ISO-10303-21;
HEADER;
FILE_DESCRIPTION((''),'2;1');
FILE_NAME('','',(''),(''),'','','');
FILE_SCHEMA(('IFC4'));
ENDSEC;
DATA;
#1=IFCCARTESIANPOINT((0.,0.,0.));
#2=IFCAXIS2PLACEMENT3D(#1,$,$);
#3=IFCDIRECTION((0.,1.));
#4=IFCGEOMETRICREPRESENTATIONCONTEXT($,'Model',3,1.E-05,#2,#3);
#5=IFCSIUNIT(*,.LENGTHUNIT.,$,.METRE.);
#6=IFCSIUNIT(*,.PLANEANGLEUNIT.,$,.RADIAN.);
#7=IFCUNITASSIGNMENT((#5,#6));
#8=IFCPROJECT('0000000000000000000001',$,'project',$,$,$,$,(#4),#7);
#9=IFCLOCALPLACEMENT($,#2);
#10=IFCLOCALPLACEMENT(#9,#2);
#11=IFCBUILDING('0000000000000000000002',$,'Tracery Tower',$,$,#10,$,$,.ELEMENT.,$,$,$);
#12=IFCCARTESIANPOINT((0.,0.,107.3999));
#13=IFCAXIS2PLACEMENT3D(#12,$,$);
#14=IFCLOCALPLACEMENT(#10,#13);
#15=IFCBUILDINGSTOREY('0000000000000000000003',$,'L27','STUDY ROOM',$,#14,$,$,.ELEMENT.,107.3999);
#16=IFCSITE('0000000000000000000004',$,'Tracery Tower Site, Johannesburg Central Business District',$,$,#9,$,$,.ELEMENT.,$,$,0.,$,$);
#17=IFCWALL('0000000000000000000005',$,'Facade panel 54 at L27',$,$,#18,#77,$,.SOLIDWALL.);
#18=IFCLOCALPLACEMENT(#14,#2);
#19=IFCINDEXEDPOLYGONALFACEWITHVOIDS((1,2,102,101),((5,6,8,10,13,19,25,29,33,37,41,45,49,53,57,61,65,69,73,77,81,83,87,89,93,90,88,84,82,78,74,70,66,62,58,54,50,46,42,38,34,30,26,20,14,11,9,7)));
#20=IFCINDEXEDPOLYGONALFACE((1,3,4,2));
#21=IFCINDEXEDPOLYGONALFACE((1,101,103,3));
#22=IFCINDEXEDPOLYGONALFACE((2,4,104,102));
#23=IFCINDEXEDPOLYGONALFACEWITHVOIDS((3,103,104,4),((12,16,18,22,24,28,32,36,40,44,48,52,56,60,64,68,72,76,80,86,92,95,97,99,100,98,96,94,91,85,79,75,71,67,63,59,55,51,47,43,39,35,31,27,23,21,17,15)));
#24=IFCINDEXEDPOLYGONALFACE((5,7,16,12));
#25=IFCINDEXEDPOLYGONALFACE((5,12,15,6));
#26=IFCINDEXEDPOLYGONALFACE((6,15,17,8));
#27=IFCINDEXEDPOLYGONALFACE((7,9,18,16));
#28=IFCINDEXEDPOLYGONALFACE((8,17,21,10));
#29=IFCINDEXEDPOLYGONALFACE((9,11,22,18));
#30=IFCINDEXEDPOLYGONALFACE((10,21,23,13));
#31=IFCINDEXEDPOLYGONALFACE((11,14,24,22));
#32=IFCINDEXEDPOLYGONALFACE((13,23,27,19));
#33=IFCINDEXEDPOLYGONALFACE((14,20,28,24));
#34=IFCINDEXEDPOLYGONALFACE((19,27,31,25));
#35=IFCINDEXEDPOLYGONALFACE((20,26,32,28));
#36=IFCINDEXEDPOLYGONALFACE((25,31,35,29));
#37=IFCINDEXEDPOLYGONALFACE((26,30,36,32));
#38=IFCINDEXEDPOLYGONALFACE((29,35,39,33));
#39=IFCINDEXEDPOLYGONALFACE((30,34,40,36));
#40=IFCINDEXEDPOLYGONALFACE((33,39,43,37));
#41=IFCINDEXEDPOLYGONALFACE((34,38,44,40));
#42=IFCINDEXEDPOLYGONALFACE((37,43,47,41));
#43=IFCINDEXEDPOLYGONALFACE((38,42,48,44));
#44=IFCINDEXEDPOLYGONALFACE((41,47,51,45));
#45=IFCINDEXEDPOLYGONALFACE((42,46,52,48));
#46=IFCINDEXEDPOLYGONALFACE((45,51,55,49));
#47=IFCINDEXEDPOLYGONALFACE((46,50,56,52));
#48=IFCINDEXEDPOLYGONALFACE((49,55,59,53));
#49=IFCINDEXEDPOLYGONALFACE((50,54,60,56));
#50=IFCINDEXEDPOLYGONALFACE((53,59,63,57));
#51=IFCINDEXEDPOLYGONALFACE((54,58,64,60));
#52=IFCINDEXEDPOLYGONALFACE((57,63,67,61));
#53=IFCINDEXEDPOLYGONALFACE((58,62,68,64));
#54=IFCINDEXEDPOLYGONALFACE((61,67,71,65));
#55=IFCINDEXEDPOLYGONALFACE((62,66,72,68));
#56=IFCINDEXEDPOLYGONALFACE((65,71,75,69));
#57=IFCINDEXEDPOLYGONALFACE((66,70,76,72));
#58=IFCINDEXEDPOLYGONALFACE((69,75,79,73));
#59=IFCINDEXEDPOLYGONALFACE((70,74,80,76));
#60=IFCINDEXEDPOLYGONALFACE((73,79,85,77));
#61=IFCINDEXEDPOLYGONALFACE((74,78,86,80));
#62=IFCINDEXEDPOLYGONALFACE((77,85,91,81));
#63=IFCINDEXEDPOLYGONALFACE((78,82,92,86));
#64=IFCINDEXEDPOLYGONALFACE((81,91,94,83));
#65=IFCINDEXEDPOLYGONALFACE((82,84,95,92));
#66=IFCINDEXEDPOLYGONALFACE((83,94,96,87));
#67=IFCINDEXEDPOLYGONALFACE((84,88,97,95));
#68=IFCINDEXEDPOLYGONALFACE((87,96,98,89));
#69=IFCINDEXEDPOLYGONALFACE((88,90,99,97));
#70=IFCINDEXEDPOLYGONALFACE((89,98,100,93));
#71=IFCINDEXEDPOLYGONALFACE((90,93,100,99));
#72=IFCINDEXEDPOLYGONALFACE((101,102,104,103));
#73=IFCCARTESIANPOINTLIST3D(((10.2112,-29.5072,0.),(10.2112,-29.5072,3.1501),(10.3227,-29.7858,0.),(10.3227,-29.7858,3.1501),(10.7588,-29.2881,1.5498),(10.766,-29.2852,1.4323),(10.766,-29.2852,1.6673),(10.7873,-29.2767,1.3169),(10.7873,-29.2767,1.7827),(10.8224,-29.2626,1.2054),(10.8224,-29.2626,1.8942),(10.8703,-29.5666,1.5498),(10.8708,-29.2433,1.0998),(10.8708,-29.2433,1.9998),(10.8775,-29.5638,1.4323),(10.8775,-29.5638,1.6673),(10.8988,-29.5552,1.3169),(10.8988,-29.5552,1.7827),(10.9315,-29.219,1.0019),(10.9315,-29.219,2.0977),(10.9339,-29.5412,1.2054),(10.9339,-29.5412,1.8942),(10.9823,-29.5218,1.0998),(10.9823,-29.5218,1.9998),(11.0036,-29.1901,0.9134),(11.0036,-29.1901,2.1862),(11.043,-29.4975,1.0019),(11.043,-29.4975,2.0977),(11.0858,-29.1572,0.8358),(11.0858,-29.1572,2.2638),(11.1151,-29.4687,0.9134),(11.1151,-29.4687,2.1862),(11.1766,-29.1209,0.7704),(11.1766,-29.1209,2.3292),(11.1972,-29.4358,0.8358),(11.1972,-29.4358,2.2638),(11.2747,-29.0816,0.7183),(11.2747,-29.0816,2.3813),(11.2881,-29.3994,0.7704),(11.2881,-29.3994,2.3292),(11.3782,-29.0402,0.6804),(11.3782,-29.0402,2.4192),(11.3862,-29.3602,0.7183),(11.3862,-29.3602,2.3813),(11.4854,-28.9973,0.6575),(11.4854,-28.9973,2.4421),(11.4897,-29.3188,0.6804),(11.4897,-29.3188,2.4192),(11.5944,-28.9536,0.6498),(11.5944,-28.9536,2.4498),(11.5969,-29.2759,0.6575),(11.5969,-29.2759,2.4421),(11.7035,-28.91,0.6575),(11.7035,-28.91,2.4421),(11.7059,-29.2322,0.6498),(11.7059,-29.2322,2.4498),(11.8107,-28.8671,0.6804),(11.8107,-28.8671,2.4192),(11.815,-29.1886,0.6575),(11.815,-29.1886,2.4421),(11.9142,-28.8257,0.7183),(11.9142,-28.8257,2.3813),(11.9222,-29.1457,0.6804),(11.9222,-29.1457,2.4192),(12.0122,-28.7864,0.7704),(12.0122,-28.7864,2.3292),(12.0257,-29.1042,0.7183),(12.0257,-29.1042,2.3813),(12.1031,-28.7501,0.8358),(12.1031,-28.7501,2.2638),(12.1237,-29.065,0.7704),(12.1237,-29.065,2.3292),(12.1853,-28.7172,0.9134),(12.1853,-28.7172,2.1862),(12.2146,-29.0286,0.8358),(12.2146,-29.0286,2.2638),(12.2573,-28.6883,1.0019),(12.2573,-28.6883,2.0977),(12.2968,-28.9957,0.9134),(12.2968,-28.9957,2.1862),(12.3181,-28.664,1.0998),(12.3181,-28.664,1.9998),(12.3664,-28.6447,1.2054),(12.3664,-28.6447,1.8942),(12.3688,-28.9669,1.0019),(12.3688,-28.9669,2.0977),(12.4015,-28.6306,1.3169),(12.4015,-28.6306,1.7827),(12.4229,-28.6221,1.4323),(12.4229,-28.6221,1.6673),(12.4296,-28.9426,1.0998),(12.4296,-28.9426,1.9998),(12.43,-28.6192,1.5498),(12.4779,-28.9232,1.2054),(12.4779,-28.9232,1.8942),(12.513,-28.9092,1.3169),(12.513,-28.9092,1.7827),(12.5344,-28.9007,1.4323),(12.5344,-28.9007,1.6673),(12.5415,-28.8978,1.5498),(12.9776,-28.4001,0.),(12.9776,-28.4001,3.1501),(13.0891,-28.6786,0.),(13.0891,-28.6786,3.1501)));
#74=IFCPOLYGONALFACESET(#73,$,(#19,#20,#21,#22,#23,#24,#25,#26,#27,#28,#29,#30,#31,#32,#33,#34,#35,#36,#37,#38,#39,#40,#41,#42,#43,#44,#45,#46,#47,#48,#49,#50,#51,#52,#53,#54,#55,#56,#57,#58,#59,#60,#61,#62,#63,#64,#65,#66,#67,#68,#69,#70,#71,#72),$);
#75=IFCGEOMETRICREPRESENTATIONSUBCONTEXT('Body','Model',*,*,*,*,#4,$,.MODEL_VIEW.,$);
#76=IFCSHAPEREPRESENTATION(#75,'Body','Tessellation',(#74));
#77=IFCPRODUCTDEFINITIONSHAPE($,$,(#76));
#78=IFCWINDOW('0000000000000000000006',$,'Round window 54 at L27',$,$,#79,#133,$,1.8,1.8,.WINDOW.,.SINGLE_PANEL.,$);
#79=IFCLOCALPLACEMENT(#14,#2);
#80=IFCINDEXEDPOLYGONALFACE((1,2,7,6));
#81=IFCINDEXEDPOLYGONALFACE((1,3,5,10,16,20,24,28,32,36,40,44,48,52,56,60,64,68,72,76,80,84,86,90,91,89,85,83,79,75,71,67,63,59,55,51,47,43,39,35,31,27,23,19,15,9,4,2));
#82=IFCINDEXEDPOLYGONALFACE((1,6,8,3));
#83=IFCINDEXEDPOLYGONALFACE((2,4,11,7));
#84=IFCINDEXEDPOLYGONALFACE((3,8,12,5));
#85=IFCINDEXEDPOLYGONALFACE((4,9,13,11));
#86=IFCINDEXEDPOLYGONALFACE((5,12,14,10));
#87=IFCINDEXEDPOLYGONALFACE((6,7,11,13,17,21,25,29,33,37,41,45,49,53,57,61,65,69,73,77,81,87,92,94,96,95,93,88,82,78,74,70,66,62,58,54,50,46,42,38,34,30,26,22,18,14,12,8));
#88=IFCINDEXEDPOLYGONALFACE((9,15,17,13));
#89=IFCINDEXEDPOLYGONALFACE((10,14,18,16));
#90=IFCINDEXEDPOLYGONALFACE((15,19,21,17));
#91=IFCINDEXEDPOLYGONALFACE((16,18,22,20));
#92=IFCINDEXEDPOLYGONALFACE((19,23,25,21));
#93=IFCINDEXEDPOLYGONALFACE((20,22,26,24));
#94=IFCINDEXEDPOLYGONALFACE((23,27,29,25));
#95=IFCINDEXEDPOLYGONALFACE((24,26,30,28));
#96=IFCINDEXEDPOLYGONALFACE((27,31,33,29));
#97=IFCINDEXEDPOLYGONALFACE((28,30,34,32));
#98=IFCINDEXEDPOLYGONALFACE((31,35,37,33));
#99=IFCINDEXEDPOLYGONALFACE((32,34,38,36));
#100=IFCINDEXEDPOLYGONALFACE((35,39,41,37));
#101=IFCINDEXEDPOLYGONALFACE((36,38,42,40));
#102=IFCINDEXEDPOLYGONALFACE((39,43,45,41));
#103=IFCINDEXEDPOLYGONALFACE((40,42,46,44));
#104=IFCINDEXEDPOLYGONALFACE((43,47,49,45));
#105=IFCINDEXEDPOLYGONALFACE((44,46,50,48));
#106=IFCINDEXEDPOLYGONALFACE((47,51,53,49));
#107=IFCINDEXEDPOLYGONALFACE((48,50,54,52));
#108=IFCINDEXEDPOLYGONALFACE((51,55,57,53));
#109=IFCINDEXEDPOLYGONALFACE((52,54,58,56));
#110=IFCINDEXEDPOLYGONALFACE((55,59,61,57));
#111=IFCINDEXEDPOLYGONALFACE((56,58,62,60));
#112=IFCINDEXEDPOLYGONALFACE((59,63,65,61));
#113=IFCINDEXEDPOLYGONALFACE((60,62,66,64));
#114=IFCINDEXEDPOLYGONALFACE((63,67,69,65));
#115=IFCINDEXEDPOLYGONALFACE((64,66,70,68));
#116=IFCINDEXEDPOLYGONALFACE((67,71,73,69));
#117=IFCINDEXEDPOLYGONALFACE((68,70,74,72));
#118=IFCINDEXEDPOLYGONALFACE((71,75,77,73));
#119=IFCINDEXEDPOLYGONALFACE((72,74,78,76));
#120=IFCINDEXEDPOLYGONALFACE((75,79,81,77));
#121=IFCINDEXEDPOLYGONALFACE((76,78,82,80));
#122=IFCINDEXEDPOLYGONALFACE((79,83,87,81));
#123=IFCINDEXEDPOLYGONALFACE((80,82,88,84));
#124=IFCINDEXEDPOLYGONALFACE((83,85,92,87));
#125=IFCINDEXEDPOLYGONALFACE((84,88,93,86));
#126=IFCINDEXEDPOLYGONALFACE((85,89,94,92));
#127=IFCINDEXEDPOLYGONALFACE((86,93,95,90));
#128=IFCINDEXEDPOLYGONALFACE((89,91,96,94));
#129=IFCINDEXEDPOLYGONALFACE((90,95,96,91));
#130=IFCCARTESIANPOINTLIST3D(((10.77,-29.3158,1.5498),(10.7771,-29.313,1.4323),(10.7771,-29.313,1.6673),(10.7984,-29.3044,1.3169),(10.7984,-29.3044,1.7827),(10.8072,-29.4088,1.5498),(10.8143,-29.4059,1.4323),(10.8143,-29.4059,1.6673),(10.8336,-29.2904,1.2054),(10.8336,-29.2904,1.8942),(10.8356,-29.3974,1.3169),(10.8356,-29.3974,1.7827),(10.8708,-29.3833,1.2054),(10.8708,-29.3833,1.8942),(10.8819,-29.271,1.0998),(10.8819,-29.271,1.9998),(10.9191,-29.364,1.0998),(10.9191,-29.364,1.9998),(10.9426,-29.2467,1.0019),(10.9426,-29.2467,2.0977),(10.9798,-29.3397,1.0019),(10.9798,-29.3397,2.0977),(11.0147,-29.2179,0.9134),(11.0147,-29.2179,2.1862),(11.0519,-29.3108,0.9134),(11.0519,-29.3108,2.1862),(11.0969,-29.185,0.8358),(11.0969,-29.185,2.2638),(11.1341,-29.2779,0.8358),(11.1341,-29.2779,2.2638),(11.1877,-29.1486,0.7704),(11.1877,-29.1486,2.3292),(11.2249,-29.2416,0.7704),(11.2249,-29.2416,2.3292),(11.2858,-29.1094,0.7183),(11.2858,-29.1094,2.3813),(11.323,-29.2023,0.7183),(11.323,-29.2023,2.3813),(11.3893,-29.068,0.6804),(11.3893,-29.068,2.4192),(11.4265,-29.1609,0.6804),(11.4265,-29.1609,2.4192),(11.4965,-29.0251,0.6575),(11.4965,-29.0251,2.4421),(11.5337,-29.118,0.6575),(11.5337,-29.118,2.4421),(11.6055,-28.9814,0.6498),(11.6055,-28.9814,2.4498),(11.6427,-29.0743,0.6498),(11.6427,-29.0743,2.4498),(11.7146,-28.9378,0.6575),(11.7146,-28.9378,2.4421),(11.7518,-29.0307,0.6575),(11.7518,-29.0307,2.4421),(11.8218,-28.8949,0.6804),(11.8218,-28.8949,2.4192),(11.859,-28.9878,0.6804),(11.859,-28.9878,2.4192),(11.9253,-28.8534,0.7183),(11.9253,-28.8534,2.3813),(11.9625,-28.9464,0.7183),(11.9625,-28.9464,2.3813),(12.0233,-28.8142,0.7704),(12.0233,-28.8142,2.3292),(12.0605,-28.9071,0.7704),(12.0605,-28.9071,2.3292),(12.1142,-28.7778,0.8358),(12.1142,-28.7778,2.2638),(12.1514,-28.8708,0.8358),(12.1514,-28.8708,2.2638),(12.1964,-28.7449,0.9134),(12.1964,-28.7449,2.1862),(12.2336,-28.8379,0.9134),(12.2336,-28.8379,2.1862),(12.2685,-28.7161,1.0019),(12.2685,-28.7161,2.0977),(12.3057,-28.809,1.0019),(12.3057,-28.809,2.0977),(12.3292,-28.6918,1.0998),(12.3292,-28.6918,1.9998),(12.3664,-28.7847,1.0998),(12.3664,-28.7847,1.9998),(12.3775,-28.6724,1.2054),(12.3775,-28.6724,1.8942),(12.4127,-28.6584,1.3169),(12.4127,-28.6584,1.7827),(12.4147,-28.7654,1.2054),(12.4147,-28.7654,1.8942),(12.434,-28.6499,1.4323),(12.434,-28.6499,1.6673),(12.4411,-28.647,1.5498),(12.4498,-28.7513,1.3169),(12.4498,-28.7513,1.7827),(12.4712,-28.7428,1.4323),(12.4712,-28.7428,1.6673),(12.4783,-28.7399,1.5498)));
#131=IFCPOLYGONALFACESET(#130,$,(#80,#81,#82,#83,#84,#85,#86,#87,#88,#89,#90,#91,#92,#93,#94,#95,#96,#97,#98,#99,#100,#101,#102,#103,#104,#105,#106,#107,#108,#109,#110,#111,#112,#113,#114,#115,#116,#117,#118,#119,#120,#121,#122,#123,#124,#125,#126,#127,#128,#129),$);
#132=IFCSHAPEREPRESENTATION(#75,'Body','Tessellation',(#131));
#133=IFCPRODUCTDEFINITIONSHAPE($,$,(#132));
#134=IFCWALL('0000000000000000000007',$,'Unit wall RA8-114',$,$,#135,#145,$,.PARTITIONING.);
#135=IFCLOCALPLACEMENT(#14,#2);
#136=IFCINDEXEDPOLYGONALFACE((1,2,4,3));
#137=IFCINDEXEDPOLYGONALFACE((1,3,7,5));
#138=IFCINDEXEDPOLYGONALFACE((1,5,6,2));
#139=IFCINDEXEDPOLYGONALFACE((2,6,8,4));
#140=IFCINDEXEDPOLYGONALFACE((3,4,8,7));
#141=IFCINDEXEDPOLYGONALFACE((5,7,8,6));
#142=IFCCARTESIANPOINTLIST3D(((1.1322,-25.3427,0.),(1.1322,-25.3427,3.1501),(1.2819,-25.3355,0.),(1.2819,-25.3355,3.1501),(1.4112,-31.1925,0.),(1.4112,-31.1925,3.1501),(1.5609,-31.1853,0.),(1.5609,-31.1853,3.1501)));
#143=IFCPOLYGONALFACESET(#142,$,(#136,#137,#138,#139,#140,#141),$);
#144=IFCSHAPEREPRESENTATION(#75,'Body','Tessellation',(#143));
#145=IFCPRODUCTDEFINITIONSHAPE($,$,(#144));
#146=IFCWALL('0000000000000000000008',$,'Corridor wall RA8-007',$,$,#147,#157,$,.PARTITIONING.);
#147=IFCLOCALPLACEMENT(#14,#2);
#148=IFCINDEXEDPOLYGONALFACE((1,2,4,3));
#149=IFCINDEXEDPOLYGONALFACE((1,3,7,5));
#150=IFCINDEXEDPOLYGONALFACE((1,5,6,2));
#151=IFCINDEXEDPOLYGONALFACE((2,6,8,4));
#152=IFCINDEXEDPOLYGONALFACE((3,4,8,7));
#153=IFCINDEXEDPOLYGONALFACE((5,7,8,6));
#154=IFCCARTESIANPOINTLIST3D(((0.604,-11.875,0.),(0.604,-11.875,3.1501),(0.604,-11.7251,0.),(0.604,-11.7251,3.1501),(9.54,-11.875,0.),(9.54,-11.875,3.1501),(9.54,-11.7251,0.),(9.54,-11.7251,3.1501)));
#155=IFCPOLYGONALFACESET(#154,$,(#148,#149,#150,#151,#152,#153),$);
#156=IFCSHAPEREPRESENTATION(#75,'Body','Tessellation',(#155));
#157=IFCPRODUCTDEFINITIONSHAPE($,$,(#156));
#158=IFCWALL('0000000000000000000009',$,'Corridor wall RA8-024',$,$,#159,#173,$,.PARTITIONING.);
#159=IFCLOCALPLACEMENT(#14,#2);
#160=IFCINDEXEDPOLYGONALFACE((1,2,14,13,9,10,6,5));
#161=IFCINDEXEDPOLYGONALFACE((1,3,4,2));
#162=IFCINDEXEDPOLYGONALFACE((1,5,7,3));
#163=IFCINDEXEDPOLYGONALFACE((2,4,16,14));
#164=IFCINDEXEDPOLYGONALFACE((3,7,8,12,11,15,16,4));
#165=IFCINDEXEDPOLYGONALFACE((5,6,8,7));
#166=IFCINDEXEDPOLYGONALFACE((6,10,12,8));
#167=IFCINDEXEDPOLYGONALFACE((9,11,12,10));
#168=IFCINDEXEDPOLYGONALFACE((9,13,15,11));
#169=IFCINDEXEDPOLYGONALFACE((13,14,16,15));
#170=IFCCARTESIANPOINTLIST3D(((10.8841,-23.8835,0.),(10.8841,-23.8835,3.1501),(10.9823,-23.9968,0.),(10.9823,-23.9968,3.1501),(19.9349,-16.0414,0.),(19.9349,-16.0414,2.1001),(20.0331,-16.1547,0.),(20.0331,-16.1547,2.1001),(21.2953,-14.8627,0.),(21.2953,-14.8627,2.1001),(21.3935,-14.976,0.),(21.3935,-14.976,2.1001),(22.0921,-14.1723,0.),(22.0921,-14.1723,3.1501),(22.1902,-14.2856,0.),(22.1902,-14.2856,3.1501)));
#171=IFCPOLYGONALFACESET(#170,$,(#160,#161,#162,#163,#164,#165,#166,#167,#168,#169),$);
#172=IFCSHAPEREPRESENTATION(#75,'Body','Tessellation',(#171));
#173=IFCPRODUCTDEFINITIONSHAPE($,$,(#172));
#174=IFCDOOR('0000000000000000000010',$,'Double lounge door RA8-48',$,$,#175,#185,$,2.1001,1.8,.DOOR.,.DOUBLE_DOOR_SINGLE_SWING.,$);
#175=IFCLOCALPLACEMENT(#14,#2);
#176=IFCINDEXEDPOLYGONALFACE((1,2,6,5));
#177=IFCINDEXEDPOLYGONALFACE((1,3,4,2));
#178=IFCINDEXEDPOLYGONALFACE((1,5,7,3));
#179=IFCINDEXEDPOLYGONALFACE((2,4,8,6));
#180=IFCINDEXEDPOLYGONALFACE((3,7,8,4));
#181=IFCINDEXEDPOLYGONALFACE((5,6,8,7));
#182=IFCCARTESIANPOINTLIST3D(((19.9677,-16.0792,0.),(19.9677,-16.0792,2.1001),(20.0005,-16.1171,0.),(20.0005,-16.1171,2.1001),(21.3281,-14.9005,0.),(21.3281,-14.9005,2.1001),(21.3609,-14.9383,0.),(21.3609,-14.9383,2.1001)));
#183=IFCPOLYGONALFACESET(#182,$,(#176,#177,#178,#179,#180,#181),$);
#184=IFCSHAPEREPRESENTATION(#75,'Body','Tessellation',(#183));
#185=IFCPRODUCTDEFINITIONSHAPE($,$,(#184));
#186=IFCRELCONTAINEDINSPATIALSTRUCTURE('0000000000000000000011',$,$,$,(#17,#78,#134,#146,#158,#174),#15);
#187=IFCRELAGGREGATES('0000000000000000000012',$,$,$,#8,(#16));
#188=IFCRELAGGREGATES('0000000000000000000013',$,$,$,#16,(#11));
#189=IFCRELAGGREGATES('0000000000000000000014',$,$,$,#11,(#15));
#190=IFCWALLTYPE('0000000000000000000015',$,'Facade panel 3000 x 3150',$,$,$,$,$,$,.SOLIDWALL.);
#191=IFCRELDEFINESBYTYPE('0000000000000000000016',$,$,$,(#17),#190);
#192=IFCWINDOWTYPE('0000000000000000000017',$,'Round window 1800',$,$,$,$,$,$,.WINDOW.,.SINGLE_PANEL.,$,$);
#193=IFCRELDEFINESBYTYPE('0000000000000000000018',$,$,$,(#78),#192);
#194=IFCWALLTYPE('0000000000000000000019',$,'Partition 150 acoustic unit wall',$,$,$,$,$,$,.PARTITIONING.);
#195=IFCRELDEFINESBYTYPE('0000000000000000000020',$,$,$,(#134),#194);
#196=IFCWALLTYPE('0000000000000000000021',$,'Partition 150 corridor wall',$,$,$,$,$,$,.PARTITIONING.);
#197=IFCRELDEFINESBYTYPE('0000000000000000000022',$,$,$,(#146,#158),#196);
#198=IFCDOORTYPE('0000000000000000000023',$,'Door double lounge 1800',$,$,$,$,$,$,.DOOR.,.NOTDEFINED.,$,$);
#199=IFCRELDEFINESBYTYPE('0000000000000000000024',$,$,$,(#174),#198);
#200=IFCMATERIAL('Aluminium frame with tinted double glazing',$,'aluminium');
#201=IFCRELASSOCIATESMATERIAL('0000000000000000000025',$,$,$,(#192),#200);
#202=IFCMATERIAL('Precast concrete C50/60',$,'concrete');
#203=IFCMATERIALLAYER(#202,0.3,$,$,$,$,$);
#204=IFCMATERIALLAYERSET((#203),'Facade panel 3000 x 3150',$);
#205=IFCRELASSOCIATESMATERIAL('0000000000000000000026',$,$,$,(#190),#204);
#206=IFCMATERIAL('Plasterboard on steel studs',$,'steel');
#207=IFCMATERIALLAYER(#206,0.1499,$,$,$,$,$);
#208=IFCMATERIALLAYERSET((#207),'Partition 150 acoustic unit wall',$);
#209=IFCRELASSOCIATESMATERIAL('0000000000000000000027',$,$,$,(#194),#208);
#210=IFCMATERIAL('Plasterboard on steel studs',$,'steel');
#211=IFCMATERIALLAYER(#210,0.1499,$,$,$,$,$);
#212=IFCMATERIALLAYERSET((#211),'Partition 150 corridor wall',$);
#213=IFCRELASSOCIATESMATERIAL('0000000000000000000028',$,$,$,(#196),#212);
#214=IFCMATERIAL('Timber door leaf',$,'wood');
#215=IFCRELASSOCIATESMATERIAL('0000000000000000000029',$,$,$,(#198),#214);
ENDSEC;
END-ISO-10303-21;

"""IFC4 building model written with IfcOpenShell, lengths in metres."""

from ifc_helpers import new_model, si_unit, direction, frame, frame_2d, origin, origin_2d, place, context, subcontext, project, spatial, rectangle, circle, extrude, material, layer, layer_set, type_object, element, fill, save


model = new_model("IFC4")

# Units and contexts
model_context = context("Model", 3, precision=1e-05, world=origin(), true_north=direction((0.0, 1.0)))
body_context = subcontext(model_context, "Body", "Model", "MODEL_VIEW")
ifc_project = project(units=[si_unit("LENGTHUNIT", "METRE"), si_unit("PLANEANGLEUNIT", "RADIAN")], contexts=[model_context])

# Site, building, storey
site_placement = place(None, origin())
site = spatial("IfcSite", under=ifc_project, at=site_placement, Name="Tracery Tower Site, Johannesburg Central Business District", CompositionType="ELEMENT", RefElevation=0.0)
building_placement = place(site_placement, origin())
building = spatial("IfcBuilding", under=site, at=building_placement, Name="Tracery Tower", CompositionType="ELEMENT")
storey_placement = place(building_placement, frame((0.0, 0.0, 107.3999)))
storey = spatial("IfcBuildingStorey", under=building, at=storey_placement, Name="L27", Description="STUDY ROOM", CompositionType="ELEMENT", Elevation=107.3999)

# Wall, opening, window
ifc_material_1 = material(Name="Aluminium frame with tinted double glazing", Category="aluminium")
window_type = type_object("IfcWindowType", Name="Round window 1800", PartitioningType="SINGLE_PANEL", PredefinedType="WINDOW", material=ifc_material_1)
ifc_material_2 = material(Name="Precast concrete C50/60", Category="concrete")
ifc_layer_1 = layer(ifc_material_2, 0.3)
ifc_layer_set_1 = layer_set([ifc_layer_1], Name="Facade panel 3000 x 3150")
wall_type_1 = type_object("IfcWallType", Name="Facade panel 3000 x 3150", PredefinedType="SOLIDWALL", material=ifc_layer_set_1)
wall_1_placement = place(storey_placement, frame((10.2671, -29.6465, 0.0), z_axis=(0.0, 0.0, 1.0), x_axis=(0.928403, 0.371574, 0.0)))
wall_1 = element("IfcWall", 1, at=wall_1_placement, inside=storey, type_object=wall_type_1, Name="Facade panel 54 at L27", PredefinedType="SOLIDWALL", context=body_context, shape_type="SweptSolid", body=[
    extrude(rectangle(XDim=2.9797, YDim=0.3, at=frame_2d((1.4897, 0.0))), origin(), (0.0, 0.0, 1.0), 3.1501),
])
opening_1_placement = place(wall_1_placement, frame((1.4897, 0.0, 1.5498)))
opening_1 = element("IfcOpeningElement", 2, at=opening_1_placement, cuts=wall_1, PredefinedType="OPENING", context=body_context, shape_type="SweptSolid", body=[
    extrude(circle(Radius=0.9, at=origin_2d()), frame((0.0, 0.1599, 0.0), z_axis=(0.0, -1.0, 0.0), x_axis=(1.0, 0.0, 0.0)), (0.0, 0.0, 1.0), 0.3201),
])
window_1_placement = place(opening_1_placement, origin())
window_1 = element("IfcWindow", 3, at=window_1_placement, inside=storey, type_object=window_type, Name="Round window 54 at L27", OverallHeight=1.8, OverallWidth=1.8, PartitioningType="SINGLE_PANEL", PredefinedType="WINDOW", context=body_context, shape_type="SweptSolid", body=[
    extrude(circle(Radius=0.9, at=origin_2d()), frame((0.0, 0.1201, 0.0), z_axis=(0.0, -1.0, 0.0), x_axis=(1.0, 0.0, 0.0)), (0.0, 0.0, 1.0), 0.1001),
])
fill(opening_1, window_1)

# Walls
ifc_material_3 = material(Name="Plasterboard on steel studs", Category="steel")
ifc_layer_2 = layer(ifc_material_3, 0.1499)
ifc_layer_set_2 = layer_set([ifc_layer_2], Name="Partition 150 acoustic unit wall")
wall_type_2 = type_object("IfcWallType", Name="Partition 150 acoustic unit wall", PredefinedType="PARTITIONING", material=ifc_layer_set_2)
wall_2_placement = place(storey_placement, frame((1.207, -25.3391, 0.0), z_axis=(0.0, 0.0, 1.0), x_axis=(0.047648, -0.998864, 0.0)))
element("IfcWall", 4, at=wall_2_placement, inside=storey, type_object=wall_type_2, Name="Unit wall RA8-114", PredefinedType="PARTITIONING", context=body_context, shape_type="SweptSolid", body=[
    extrude(rectangle(XDim=5.8564, YDim=0.1499, at=frame_2d((2.9282, 0.0))), origin(), (0.0, 0.0, 1.0), 3.1501),
])
ifc_material_4 = material(Name="Plasterboard on steel studs", Category="steel")
ifc_layer_3 = layer(ifc_material_4, 0.1499)
ifc_layer_set_3 = layer_set([ifc_layer_3], Name="Partition 150 corridor wall")
wall_type_3 = type_object("IfcWallType", Name="Partition 150 corridor wall", PredefinedType="PARTITIONING", material=ifc_layer_set_3)
wall_3_placement = place(storey_placement, frame((0.604, -11.8, 0.0), z_axis=(0.0, 0.0, 1.0), x_axis=(1.0, 0.0, 0.0)))
element("IfcWall", 5, at=wall_3_placement, inside=storey, type_object=wall_type_3, Name="Corridor wall RA8-007", PredefinedType="PARTITIONING", context=body_context, shape_type="SweptSolid", body=[
    extrude(rectangle(XDim=8.936, YDim=0.1499, at=frame_2d((4.468, 0.0))), origin(), (0.0, 0.0, 1.0), 3.1501),
])

# Wall, opening, door
wall_4_placement = place(storey_placement, frame((10.9331, -23.9402, 0.0), z_axis=(0.0, 0.0, 1.0), x_axis=(0.75577, 0.654837, 0.0)))
wall_4 = element("IfcWall", 6, at=wall_4_placement, inside=storey, type_object=wall_type_3, Name="Corridor wall RA8-024", PredefinedType="PARTITIONING", context=body_context, shape_type="SweptSolid", body=[
    extrude(rectangle(XDim=14.8298, YDim=0.1499, at=frame_2d((7.415, 0.0))), origin(), (0.0, 0.0, 1.0), 3.1501),
])
opening_2_placement = place(wall_4_placement, frame((11.9758, 0.0, 0.0)))
opening_2 = element("IfcOpeningElement", 7, at=opening_2_placement, cuts=wall_4, PredefinedType="OPENING", context=body_context, shape_type="SweptSolid", body=[
    extrude(rectangle(XDim=1.8, YDim=2.1001, at=frame_2d((0.8999, 1.05))), frame((0.0, 0.075, 0.0), z_axis=(0.0, -1.0, 0.0), x_axis=(1.0, 0.0, 0.0)), (0.0, 0.0, 1.0), 0.1499),
])
ifc_material_5 = material(Name="Timber door leaf", Category="wood")
door_type_1 = type_object("IfcDoorType", Name="Door double lounge 1800", OperationType="NOTDEFINED", PredefinedType="DOOR", material=ifc_material_5)
door_1_placement = place(opening_2_placement, origin())
door_1 = element("IfcDoor", 8, at=door_1_placement, inside=storey, type_object=door_type_1, Name="Double lounge door RA8-48", OperationType="DOUBLE_DOOR_SINGLE_SWING", OverallHeight=2.1001, OverallWidth=1.8, PredefinedType="DOOR", context=body_context, shape_type="SweptSolid", body=[
    extrude(rectangle(XDim=1.8, YDim=2.1001, at=frame_2d((0.8999, 1.05))), frame((0.0, 0.0249, 0.0), z_axis=(0.0, -1.0, 0.0), x_axis=(1.0, 0.0, 0.0)), (0.0, 0.0, 1.0), 0.05),
])
fill(opening_2, door_1)

save(model, "model.ifc")
